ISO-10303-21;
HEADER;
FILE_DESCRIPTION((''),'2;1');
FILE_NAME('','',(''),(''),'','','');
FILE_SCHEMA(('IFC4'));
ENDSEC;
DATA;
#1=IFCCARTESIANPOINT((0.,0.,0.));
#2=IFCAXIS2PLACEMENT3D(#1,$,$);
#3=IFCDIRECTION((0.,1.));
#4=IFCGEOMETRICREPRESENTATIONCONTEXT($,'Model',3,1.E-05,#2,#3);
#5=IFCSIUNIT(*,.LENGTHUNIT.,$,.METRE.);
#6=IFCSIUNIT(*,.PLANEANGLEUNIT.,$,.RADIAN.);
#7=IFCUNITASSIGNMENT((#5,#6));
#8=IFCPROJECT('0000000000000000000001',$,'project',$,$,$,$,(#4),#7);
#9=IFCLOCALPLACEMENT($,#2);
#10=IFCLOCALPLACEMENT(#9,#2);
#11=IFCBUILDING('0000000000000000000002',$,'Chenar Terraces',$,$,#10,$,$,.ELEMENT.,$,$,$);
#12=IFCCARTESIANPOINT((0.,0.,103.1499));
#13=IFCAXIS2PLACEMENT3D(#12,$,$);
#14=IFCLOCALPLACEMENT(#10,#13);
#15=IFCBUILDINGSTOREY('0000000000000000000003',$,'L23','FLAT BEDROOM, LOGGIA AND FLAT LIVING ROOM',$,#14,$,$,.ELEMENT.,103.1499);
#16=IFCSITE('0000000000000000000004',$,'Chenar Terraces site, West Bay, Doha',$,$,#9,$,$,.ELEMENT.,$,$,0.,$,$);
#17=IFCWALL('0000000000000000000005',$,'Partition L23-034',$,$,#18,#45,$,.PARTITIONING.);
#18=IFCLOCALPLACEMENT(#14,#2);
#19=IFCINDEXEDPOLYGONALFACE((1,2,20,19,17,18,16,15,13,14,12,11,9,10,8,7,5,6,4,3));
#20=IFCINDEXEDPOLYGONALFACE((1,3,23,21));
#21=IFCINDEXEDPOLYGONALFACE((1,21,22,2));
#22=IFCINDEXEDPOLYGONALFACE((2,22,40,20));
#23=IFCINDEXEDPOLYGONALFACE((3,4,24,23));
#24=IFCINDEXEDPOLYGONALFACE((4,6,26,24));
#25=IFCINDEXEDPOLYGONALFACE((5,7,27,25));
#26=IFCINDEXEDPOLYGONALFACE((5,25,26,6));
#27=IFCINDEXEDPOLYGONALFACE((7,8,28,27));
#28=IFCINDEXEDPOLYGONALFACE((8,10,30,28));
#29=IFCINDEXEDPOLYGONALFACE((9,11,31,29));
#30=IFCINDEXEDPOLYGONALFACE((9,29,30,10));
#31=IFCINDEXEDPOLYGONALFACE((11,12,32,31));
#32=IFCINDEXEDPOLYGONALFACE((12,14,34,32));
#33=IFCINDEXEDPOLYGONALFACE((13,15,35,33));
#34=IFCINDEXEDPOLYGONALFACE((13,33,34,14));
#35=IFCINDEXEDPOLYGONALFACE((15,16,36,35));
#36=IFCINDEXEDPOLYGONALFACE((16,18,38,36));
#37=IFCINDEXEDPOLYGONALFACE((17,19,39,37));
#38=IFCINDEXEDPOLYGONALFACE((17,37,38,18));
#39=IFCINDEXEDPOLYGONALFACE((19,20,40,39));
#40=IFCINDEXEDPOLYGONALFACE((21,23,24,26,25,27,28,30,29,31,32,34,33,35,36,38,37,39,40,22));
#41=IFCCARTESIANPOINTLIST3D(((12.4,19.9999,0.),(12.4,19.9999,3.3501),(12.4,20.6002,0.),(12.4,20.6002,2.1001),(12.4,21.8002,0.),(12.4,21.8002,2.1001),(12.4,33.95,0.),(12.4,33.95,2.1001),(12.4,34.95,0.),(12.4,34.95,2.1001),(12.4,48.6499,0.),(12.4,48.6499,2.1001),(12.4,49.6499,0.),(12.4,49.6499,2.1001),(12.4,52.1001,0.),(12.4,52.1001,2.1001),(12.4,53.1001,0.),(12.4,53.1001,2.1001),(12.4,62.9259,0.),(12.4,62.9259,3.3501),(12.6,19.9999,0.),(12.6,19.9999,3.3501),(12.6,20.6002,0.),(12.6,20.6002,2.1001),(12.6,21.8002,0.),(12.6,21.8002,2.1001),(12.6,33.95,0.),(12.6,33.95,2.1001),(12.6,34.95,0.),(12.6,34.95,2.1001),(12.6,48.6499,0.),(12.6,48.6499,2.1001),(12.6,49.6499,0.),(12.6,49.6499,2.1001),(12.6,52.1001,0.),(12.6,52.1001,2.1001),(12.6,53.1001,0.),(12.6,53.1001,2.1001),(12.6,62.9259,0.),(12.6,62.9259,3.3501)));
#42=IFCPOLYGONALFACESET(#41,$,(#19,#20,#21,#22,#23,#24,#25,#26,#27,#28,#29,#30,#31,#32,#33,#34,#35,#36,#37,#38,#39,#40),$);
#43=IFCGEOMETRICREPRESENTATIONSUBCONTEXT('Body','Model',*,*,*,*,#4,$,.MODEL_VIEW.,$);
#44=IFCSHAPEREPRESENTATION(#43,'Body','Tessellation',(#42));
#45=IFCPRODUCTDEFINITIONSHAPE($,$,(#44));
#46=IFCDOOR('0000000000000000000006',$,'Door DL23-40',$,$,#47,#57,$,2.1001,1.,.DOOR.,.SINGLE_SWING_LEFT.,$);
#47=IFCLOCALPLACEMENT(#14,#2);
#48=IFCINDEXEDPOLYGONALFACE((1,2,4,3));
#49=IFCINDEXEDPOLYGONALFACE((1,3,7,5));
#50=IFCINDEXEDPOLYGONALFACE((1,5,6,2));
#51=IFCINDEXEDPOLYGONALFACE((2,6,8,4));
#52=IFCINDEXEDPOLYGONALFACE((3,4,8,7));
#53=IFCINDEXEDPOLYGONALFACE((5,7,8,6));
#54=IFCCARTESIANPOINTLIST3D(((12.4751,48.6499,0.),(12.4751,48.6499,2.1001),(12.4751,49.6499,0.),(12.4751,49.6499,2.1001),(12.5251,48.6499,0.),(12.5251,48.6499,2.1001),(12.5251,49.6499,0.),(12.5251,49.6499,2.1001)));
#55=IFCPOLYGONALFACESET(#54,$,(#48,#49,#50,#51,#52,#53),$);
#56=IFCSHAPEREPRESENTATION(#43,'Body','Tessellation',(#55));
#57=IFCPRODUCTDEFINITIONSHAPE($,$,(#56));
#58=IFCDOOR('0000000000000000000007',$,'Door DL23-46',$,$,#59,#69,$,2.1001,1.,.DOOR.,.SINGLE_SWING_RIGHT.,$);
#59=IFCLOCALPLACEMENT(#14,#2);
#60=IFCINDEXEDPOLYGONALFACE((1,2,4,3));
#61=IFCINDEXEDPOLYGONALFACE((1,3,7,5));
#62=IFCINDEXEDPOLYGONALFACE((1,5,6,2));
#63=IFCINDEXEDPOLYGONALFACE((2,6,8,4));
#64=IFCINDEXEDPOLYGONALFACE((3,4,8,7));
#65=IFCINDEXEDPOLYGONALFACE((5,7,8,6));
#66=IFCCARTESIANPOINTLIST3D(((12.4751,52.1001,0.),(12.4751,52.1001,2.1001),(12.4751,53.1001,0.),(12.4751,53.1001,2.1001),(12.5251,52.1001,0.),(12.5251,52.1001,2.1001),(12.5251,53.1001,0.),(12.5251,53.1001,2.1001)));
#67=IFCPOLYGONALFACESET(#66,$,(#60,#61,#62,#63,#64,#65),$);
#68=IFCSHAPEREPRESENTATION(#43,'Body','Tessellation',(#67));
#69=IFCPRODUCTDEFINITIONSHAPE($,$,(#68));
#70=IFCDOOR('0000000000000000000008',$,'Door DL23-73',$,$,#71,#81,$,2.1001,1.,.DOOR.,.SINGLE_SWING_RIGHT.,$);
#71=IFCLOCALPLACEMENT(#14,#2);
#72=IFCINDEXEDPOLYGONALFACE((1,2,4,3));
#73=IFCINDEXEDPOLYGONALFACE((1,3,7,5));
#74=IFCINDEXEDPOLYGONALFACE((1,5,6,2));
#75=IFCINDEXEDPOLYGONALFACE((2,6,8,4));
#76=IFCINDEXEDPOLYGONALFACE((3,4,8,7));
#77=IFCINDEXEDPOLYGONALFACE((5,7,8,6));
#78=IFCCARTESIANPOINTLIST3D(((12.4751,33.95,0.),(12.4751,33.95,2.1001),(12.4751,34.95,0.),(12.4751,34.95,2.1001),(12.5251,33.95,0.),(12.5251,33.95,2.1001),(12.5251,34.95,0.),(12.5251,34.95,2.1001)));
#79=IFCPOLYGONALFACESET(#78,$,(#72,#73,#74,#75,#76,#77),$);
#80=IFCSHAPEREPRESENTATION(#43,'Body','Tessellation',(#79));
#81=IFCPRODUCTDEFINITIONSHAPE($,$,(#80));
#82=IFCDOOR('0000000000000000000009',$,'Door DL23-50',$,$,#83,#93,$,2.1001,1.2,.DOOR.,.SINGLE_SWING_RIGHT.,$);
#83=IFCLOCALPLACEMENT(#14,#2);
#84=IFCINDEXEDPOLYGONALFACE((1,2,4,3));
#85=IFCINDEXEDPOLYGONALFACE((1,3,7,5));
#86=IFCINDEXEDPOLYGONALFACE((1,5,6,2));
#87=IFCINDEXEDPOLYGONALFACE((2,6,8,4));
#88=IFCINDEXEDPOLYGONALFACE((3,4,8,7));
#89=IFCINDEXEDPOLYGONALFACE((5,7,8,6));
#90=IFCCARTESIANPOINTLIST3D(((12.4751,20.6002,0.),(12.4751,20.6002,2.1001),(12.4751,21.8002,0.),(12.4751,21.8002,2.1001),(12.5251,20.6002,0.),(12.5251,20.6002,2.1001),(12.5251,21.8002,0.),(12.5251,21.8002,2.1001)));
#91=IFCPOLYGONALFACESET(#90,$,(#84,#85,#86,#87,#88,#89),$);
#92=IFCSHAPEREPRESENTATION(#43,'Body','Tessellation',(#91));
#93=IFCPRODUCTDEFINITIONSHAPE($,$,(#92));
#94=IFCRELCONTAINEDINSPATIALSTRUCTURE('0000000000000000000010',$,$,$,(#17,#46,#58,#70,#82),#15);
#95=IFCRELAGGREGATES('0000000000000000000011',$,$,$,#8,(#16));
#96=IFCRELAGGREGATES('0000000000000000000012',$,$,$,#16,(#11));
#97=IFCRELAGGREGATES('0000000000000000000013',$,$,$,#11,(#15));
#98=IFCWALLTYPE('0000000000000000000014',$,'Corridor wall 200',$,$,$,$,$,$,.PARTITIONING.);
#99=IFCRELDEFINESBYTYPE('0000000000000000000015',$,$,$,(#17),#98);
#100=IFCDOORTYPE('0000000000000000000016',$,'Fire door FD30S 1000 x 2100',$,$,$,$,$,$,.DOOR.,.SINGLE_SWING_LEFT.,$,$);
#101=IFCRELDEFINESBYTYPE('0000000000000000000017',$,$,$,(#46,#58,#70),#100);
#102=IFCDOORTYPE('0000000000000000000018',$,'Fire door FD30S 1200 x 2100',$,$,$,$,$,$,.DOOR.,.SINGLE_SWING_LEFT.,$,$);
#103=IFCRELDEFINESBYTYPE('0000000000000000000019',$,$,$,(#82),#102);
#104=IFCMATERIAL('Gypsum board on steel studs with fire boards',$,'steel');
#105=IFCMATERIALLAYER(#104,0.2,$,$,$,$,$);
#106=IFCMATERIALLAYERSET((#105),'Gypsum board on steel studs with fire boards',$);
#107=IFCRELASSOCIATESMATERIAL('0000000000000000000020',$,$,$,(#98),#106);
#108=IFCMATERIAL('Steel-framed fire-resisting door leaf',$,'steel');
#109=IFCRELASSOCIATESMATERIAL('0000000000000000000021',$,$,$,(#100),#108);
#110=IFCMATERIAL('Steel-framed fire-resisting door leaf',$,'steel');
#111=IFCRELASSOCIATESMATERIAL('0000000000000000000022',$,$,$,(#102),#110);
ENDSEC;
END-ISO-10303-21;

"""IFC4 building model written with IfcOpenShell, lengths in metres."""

from ifc_helpers import new_model, si_unit, direction, frame, frame_2d, origin, place, context, subcontext, project, spatial, rectangle, extrude, material, layer, layer_set, type_object, element, fill, save


model = new_model("IFC4")

# Units and contexts
model_context = context("Model", 3, precision=1e-05, world=origin(), true_north=direction((0.0, 1.0)))
body_context = subcontext(model_context, "Body", "Model", "MODEL_VIEW")
ifc_project = project(units=[si_unit("LENGTHUNIT", "METRE"), si_unit("PLANEANGLEUNIT", "RADIAN")], contexts=[model_context])

# Site, building, storey
site_placement = place(None, origin())
site = spatial("IfcSite", under=ifc_project, at=site_placement, Name="Chenar Terraces site, West Bay, Doha", CompositionType="ELEMENT", RefElevation=0.0)
building_placement = place(site_placement, origin())
building = spatial("IfcBuilding", under=site, at=building_placement, Name="Chenar Terraces", CompositionType="ELEMENT")
storey_placement = place(building_placement, frame((0.0, 0.0, 103.1499)))
storey = spatial("IfcBuildingStorey", under=building, at=storey_placement, Name="L23", Description="FLAT BEDROOM, LOGGIA AND FLAT LIVING ROOM", CompositionType="ELEMENT", Elevation=103.1499)

# Wall, openings, doors
ifc_material_1 = material(Name="Gypsum board on steel studs with fire boards", Category="steel")
ifc_layer_1 = layer(ifc_material_1, 0.2)
ifc_layer_set_1 = layer_set([ifc_layer_1], Name="Gypsum board on steel studs with fire boards")
wall_type_1 = type_object("IfcWallType", Name="Corridor wall 200", PredefinedType="PARTITIONING", material=ifc_layer_set_1)
wall_1_placement = place(storey_placement, frame((12.5, 20.0, 0.0), z_axis=(0.0, 0.0, 1.0), x_axis=(0.0, 1.0, 0.0)))
wall_1 = element("IfcWall", 1, at=wall_1_placement, inside=storey, type_object=wall_type_1, Name="Partition L23-034", PredefinedType="PARTITIONING", context=body_context, shape_type="SweptSolid", body=[
    extrude(rectangle(XDim=42.926, YDim=0.2, at=frame_2d((21.4629, 0.0))), origin(), (0.0, 0.0, 1.0), 3.3501),
])
opening_1_placement = place(wall_1_placement, frame((28.6499, 0.0, 0.0)))
opening_1 = element("IfcOpeningElement", 2, at=opening_1_placement, cuts=wall_1, PredefinedType="OPENING", context=body_context, shape_type="SweptSolid", body=[
    extrude(rectangle(XDim=1.0, YDim=2.1001, at=frame_2d((0.5, 1.05))), frame((0.0, 0.1099, 0.0), z_axis=(0.0, -1.0, 0.0), x_axis=(1.0, 0.0, 0.0)), (0.0, 0.0, 1.0), 0.22),
])
opening_2_placement = place(wall_1_placement, frame((32.1001, 0.0, 0.0)))
opening_2 = element("IfcOpeningElement", 3, at=opening_2_placement, cuts=wall_1, PredefinedType="OPENING", context=body_context, shape_type="SweptSolid", body=[
    extrude(rectangle(XDim=1.0, YDim=2.1001, at=frame_2d((0.5, 1.05))), frame((0.0, 0.1099, 0.0), z_axis=(0.0, -1.0, 0.0), x_axis=(1.0, 0.0, 0.0)), (0.0, 0.0, 1.0), 0.22),
])
opening_3_placement = place(wall_1_placement, frame((0.6001, 0.0, 0.0)))
opening_3 = element("IfcOpeningElement", 4, at=opening_3_placement, cuts=wall_1, PredefinedType="OPENING", context=body_context, shape_type="SweptSolid", body=[
    extrude(rectangle(XDim=1.2, YDim=2.1001, at=frame_2d((0.6001, 1.05))), frame((0.0, 0.1099, 0.0), z_axis=(0.0, -1.0, 0.0), x_axis=(1.0, 0.0, 0.0)), (0.0, 0.0, 1.0), 0.22),
])
opening_4_placement = place(wall_1_placement, frame((13.95, 0.0, 0.0)))
opening_4 = element("IfcOpeningElement", 5, at=opening_4_placement, cuts=wall_1, PredefinedType="OPENING", context=body_context, shape_type="SweptSolid", body=[
    extrude(rectangle(XDim=1.0, YDim=2.1001, at=frame_2d((0.5, 1.05))), frame((0.0, 0.1099, 0.0), z_axis=(0.0, -1.0, 0.0), x_axis=(1.0, 0.0, 0.0)), (0.0, 0.0, 1.0), 0.22),
])
ifc_material_2 = material(Name="Steel-framed fire-resisting door leaf", Category="steel")
door_type_1 = type_object("IfcDoorType", Name="Fire door FD30S 1000 x 2100", OperationType="SINGLE_SWING_LEFT", PredefinedType="DOOR", material=ifc_material_2)
door_1_placement = place(opening_1_placement, origin())
door_1 = element("IfcDoor", 6, at=door_1_placement, inside=storey, type_object=door_type_1, Name="Door DL23-40", OperationType="SINGLE_SWING_LEFT", OverallHeight=2.1001, OverallWidth=1.0, PredefinedType="DOOR", context=body_context, shape_type="SweptSolid", body=[
    extrude(rectangle(XDim=1.0, YDim=2.1001, at=frame_2d((0.5, 1.05))), frame((0.0, 0.0249, 0.0), z_axis=(0.0, -1.0, 0.0), x_axis=(1.0, 0.0, 0.0)), (0.0, 0.0, 1.0), 0.05),
])
fill(opening_1, door_1)
door_2_placement = place(opening_2_placement, origin())
door_2 = element("IfcDoor", 7, at=door_2_placement, inside=storey, type_object=door_type_1, Name="Door DL23-46", OperationType="SINGLE_SWING_RIGHT", OverallHeight=2.1001, OverallWidth=1.0, PredefinedType="DOOR", context=body_context, shape_type="SweptSolid", body=[
    extrude(rectangle(XDim=1.0, YDim=2.1001, at=frame_2d((0.5, 1.05))), frame((0.0, 0.0249, 0.0), z_axis=(0.0, -1.0, 0.0), x_axis=(1.0, 0.0, 0.0)), (0.0, 0.0, 1.0), 0.05),
])
fill(opening_2, door_2)
door_3_placement = place(opening_4_placement, origin())
door_3 = element("IfcDoor", 8, at=door_3_placement, inside=storey, type_object=door_type_1, Name="Door DL23-73", OperationType="SINGLE_SWING_RIGHT", OverallHeight=2.1001, OverallWidth=1.0, PredefinedType="DOOR", context=body_context, shape_type="SweptSolid", body=[
    extrude(rectangle(XDim=1.0, YDim=2.1001, at=frame_2d((0.5, 1.05))), frame((0.0, 0.0249, 0.0), z_axis=(0.0, -1.0, 0.0), x_axis=(1.0, 0.0, 0.0)), (0.0, 0.0, 1.0), 0.05),
])
fill(opening_4, door_3)
ifc_material_3 = material(Name="Steel-framed fire-resisting door leaf", Category="steel")
door_type_2 = type_object("IfcDoorType", Name="Fire door FD30S 1200 x 2100", OperationType="SINGLE_SWING_LEFT", PredefinedType="DOOR", material=ifc_material_3)
door_4_placement = place(opening_3_placement, origin())
door_4 = element("IfcDoor", 9, at=door_4_placement, inside=storey, type_object=door_type_2, Name="Door DL23-50", OperationType="SINGLE_SWING_RIGHT", OverallHeight=2.1001, OverallWidth=1.2, PredefinedType="DOOR", context=body_context, shape_type="SweptSolid", body=[
    extrude(rectangle(XDim=1.2, YDim=2.1001, at=frame_2d((0.6001, 1.05))), frame((0.0, 0.0249, 0.0), z_axis=(0.0, -1.0, 0.0), x_axis=(1.0, 0.0, 0.0)), (0.0, 0.0, 1.0), 0.05),
])
fill(opening_3, door_4)

save(model, "model.ifc")
